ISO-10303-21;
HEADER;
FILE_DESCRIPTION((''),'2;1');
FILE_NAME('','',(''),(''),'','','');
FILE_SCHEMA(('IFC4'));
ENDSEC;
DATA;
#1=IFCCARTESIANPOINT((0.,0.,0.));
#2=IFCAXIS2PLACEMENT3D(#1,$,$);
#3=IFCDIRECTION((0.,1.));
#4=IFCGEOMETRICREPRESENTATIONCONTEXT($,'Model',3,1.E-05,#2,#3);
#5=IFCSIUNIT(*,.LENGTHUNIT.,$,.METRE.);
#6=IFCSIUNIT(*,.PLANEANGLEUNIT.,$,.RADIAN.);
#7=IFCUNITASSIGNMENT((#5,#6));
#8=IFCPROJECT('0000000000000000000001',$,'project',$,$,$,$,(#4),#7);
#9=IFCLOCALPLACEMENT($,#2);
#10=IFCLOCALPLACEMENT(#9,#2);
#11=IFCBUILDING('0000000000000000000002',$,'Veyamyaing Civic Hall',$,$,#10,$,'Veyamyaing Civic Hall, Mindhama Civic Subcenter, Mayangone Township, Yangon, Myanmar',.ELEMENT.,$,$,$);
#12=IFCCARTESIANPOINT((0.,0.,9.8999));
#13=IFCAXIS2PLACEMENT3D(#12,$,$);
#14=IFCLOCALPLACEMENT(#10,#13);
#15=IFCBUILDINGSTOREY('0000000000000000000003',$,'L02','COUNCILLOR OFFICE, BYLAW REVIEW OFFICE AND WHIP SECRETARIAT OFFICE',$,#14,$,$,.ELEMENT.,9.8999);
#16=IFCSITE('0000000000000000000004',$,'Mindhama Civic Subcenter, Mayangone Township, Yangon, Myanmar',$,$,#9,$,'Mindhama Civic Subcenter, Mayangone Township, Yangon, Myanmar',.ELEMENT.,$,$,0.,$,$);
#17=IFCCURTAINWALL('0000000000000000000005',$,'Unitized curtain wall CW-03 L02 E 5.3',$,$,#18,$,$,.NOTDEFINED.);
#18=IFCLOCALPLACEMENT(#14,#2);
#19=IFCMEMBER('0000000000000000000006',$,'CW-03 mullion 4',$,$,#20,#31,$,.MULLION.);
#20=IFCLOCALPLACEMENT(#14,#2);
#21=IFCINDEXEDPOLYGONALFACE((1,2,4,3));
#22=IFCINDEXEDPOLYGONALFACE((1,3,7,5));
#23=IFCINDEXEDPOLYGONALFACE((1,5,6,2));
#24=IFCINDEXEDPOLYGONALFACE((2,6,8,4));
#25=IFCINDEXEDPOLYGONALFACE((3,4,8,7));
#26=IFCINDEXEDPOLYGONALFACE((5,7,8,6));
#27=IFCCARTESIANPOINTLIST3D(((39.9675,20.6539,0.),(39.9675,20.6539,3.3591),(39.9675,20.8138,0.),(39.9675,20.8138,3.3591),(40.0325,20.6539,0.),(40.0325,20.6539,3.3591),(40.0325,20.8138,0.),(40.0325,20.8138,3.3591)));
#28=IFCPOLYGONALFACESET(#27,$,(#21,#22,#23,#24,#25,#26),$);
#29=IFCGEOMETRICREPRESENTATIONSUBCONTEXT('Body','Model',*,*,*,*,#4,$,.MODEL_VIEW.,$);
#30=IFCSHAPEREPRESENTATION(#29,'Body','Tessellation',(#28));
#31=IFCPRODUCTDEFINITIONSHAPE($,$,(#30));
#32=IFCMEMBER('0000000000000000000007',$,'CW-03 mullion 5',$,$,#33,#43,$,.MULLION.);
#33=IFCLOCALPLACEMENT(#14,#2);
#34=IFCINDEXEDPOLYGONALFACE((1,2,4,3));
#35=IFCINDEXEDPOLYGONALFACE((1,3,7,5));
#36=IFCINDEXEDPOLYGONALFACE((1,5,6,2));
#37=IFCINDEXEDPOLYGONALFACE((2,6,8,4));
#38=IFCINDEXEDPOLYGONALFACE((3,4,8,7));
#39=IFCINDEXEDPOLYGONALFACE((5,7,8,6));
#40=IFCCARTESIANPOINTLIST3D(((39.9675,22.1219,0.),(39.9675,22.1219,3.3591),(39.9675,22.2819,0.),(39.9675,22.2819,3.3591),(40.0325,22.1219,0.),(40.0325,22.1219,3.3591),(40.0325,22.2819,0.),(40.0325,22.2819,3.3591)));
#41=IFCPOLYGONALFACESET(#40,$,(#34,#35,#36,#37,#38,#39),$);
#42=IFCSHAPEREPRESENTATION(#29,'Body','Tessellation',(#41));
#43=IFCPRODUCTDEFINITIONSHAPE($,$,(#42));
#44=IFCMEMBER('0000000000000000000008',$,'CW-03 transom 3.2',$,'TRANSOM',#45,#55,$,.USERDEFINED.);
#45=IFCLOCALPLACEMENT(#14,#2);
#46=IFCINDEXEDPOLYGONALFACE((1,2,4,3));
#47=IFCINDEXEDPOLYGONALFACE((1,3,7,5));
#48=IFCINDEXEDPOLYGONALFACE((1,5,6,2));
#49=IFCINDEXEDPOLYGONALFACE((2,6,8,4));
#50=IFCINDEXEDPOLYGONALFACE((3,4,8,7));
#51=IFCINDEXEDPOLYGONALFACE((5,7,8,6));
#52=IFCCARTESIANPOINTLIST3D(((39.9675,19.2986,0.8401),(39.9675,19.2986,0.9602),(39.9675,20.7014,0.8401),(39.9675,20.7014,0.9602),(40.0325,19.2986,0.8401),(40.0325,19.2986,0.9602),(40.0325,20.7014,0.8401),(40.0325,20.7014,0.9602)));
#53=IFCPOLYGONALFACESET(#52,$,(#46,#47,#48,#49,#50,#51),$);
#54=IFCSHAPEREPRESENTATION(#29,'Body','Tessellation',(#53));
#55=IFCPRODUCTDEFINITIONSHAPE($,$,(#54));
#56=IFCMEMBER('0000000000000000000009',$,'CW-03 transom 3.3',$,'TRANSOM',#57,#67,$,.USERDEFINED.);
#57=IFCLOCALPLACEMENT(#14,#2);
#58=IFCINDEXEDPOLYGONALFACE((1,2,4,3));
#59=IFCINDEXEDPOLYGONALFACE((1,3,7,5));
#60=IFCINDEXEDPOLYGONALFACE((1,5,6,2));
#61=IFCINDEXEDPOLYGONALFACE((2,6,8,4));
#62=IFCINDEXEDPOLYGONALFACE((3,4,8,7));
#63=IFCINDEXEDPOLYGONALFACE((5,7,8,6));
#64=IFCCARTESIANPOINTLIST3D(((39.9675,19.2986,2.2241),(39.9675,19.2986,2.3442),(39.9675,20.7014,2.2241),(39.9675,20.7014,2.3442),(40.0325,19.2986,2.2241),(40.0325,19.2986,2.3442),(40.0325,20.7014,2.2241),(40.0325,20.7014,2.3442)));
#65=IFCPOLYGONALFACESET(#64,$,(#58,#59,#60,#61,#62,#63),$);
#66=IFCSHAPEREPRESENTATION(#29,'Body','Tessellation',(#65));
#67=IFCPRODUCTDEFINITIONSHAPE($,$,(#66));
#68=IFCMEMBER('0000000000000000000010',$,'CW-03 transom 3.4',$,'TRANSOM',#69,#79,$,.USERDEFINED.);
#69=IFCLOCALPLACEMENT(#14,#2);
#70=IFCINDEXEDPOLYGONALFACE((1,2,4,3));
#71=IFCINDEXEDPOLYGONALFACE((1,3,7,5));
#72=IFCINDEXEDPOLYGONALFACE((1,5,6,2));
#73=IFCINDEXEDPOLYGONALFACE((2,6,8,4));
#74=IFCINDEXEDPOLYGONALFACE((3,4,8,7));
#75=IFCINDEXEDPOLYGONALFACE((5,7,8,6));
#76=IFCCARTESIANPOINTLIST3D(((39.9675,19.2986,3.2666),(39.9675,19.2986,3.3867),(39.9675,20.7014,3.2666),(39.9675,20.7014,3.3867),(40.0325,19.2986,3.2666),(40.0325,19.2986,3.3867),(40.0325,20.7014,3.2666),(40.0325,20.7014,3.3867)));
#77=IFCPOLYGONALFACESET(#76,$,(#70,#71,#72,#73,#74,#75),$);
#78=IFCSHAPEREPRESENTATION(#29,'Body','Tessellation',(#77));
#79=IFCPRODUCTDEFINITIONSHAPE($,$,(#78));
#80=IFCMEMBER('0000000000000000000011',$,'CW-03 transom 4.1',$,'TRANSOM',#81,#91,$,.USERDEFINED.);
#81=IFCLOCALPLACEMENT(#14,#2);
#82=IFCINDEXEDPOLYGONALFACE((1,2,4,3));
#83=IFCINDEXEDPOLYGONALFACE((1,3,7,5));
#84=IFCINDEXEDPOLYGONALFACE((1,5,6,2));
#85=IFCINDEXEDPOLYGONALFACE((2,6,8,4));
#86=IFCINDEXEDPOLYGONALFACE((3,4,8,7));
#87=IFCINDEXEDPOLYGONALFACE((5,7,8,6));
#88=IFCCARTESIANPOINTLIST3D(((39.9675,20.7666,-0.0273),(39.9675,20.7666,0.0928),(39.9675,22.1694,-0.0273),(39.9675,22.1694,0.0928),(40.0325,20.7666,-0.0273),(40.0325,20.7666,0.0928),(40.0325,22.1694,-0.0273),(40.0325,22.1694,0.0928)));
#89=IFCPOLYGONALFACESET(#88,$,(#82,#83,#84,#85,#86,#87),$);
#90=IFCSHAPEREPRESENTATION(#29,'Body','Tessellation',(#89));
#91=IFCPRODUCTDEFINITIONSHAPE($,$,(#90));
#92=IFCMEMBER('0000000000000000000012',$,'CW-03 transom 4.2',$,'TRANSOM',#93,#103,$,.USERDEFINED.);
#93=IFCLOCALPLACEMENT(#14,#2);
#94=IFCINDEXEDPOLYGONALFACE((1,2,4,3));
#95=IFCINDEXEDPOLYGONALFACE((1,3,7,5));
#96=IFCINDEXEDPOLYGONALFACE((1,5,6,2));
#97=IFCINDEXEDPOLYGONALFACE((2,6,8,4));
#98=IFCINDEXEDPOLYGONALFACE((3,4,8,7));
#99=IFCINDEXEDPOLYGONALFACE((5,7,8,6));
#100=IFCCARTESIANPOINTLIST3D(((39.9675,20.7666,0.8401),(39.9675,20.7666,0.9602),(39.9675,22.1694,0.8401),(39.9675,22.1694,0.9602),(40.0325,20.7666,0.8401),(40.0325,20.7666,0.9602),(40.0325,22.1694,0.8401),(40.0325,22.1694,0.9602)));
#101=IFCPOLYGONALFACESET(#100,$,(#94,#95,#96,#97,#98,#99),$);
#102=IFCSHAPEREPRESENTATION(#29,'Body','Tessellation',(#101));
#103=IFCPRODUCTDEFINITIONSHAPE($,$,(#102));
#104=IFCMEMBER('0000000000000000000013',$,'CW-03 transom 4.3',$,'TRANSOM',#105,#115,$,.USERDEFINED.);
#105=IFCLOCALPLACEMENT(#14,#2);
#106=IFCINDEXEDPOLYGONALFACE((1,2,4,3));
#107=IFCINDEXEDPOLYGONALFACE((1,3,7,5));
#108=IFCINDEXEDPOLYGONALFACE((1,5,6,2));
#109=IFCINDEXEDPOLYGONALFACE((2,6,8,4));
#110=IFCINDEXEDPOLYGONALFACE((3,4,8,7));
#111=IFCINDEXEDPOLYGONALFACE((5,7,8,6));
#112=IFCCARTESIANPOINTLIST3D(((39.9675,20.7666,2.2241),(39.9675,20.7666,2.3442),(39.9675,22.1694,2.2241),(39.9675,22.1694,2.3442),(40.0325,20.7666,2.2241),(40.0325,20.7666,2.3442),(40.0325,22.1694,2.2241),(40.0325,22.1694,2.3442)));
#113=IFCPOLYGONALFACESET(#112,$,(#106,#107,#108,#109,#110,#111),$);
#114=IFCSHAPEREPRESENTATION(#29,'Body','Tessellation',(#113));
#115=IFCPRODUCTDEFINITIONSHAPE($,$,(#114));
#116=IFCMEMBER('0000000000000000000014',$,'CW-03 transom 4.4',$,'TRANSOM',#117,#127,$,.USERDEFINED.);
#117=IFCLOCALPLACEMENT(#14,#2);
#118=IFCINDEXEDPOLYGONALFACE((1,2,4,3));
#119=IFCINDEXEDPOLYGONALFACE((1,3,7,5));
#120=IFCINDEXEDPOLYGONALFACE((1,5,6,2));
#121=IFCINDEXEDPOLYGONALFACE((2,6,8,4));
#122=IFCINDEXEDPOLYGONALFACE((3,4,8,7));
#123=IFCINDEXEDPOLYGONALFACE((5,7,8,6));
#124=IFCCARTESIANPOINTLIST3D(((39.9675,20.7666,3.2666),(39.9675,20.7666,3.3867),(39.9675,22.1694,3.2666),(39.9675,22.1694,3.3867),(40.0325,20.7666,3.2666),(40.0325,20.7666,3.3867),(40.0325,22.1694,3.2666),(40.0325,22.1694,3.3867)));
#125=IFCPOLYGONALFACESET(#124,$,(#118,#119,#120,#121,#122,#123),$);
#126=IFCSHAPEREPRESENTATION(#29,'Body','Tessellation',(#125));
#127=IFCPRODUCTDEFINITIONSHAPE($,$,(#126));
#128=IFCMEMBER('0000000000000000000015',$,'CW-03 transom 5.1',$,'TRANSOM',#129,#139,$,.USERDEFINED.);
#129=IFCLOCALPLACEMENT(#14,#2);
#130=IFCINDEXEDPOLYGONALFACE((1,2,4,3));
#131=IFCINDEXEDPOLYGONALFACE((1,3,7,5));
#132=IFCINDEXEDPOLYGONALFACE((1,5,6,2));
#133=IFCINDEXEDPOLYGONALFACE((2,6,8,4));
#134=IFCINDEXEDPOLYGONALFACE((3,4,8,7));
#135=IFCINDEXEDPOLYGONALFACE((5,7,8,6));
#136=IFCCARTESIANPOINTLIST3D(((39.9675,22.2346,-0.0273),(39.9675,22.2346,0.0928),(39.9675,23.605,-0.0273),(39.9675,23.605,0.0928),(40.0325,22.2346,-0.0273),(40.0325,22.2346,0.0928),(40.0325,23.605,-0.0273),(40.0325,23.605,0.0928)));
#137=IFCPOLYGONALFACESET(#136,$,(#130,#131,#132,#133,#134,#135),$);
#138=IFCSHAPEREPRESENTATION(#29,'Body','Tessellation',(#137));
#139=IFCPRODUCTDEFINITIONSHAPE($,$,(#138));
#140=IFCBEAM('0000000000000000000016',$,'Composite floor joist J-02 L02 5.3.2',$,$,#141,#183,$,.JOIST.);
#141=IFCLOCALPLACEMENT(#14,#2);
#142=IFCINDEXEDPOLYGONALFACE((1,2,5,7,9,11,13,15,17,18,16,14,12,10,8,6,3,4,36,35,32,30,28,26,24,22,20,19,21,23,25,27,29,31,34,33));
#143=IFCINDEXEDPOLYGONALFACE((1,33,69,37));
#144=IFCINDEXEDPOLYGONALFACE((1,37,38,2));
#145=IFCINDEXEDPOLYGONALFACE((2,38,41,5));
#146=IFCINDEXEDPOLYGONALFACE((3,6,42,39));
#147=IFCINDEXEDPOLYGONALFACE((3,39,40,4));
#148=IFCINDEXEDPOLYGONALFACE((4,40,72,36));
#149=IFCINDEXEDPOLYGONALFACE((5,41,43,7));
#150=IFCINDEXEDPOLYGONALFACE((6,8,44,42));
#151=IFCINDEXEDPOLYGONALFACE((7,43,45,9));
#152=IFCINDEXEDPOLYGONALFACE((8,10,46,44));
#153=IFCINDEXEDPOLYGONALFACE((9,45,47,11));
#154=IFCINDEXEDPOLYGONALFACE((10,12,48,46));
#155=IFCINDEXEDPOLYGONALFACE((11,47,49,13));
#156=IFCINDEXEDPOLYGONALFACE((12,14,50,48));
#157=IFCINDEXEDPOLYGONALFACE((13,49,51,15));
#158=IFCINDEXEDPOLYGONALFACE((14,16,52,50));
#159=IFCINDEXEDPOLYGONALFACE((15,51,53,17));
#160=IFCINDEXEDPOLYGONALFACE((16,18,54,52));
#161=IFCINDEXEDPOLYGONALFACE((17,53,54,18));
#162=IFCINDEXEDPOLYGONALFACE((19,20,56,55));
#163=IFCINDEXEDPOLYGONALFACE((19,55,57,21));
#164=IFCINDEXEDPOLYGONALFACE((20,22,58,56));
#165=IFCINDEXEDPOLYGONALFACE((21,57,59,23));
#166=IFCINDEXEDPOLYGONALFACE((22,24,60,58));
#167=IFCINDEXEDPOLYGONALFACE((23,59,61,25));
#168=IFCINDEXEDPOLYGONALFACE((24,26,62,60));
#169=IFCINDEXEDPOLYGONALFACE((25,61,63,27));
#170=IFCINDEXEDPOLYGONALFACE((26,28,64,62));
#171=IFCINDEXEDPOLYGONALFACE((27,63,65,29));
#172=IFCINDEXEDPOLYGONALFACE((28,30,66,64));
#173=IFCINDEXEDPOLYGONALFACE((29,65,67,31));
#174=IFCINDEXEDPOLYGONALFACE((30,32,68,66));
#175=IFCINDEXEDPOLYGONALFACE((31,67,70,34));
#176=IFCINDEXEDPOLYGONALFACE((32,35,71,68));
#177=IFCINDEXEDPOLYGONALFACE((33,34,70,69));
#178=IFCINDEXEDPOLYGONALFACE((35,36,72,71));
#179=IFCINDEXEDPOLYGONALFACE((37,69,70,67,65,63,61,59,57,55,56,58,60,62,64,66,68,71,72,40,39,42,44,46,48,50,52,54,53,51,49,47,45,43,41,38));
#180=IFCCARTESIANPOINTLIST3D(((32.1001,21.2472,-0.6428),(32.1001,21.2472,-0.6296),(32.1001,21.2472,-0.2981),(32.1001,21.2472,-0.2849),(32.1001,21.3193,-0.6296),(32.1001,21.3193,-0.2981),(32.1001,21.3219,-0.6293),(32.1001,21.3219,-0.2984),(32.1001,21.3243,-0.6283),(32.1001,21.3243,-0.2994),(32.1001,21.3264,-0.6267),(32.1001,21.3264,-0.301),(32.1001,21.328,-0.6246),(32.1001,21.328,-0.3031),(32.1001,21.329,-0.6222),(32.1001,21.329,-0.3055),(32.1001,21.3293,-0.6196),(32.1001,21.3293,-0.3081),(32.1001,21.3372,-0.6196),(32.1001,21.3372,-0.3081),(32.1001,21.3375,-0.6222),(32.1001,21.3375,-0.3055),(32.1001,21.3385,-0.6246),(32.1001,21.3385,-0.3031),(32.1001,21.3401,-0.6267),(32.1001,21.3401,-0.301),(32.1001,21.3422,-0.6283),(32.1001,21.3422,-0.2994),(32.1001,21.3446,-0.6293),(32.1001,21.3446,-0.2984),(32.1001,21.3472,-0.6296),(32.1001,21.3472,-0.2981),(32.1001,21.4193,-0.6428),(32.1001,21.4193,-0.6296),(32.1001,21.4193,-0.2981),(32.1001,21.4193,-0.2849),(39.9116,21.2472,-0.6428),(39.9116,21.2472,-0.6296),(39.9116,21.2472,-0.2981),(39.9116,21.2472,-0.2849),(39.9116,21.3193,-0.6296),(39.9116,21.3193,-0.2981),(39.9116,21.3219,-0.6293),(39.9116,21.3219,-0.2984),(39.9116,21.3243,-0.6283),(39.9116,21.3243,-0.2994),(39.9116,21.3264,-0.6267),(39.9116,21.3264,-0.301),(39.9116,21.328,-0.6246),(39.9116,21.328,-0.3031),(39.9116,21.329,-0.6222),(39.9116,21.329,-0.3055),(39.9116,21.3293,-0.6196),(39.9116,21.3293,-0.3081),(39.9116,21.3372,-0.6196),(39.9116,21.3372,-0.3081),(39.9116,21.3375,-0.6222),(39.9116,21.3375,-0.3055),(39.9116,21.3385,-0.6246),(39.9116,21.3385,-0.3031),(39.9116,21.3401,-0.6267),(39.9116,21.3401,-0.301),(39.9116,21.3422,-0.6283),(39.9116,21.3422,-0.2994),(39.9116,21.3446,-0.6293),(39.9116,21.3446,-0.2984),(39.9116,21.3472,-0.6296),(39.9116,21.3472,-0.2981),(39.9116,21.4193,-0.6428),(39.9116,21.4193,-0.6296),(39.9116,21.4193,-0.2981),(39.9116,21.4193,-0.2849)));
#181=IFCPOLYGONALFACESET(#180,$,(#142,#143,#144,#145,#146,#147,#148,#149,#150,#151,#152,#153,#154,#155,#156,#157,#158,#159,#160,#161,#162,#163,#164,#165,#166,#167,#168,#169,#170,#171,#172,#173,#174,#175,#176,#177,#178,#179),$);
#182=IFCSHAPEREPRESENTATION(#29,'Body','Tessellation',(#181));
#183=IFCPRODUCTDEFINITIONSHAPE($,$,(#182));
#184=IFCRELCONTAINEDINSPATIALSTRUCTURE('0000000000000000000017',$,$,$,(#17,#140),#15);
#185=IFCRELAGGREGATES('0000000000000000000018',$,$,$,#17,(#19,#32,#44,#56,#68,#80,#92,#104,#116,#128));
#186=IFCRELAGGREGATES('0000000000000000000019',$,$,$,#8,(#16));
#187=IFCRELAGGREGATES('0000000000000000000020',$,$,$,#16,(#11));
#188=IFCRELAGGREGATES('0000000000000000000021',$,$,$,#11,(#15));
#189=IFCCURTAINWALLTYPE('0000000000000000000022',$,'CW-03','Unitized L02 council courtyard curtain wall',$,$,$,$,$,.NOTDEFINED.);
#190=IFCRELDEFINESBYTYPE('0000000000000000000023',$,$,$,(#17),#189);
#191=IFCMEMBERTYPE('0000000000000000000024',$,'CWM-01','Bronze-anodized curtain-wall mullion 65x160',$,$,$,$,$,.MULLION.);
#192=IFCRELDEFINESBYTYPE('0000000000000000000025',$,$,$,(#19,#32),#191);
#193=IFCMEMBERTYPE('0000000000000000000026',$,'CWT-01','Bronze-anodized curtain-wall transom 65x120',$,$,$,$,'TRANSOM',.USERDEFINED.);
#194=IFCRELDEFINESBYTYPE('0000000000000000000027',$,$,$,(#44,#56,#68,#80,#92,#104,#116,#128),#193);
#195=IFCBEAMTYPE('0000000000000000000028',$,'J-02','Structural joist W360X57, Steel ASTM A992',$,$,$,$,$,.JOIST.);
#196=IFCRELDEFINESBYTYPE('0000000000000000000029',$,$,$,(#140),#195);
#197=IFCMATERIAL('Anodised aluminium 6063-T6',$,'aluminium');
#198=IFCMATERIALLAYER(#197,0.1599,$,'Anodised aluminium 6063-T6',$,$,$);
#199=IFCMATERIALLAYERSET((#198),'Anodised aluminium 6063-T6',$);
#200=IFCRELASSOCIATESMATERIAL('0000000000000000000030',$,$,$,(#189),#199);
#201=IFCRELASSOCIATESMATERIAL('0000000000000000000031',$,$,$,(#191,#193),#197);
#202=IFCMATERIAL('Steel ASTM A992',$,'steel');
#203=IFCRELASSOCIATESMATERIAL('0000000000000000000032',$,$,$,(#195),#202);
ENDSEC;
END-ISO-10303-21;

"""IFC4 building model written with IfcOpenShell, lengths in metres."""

from ifc_helpers import new_model, si_unit, direction, frame, origin, origin_2d, place, context, subcontext, project, spatial, rectangle, i_section, extrude, material, layer, layer_set, material_profile, profile_set, type_object, element, aggregate, save


model = new_model("IFC4")

# Units and contexts
model_context = context("Model", 3, precision=1e-05, world=origin(), true_north=direction((0.0, 1.0)))
body_context = subcontext(model_context, "Body", "Model", "MODEL_VIEW")
ifc_project = project(units=[si_unit("LENGTHUNIT", "METRE"), si_unit("PLANEANGLEUNIT", "RADIAN")], contexts=[model_context])

# Site, building, storey
site_placement = place(None, origin())
site = spatial("IfcSite", under=ifc_project, at=site_placement, Name="Mindhama Civic Subcenter, Mayangone Township, Yangon, Myanmar", LongName="Mindhama Civic Subcenter, Mayangone Township, Yangon, Myanmar", CompositionType="ELEMENT", RefElevation=0.0)
building_placement = place(site_placement, origin())
building = spatial("IfcBuilding", under=site, at=building_placement, Name="Veyamyaing Civic Hall", LongName="Veyamyaing Civic Hall, Mindhama Civic Subcenter, Mayangone Township, Yangon, Myanmar", CompositionType="ELEMENT")
storey_placement = place(building_placement, frame((0.0, 0.0, 9.8999)))
storey = spatial("IfcBuildingStorey", under=building, at=storey_placement, Name="L02", Description="COUNCILLOR OFFICE, BYLAW REVIEW OFFICE AND WHIP SECRETARIAT OFFICE", CompositionType="ELEMENT", Elevation=9.8999)

# Curtain wall, members
ifc_material_1 = material(Name="Anodised aluminium 6063-T6", Category="aluminium")
ifc_layer_1 = layer(ifc_material_1, 0.1599, Name="Anodised aluminium 6063-T6")
ifc_layer_set_1 = layer_set([ifc_layer_1], Name="Anodised aluminium 6063-T6")
curtain_wall_type = type_object("IfcCurtainWallType", Name="CW-03", Description="Unitized L02 council courtyard curtain wall", PredefinedType="NOTDEFINED", material=ifc_layer_set_1)
curtain_wall_placement = place(storey_placement, origin())
curtain_wall = element("IfcCurtainWall", 1, at=curtain_wall_placement, inside=storey, type_object=curtain_wall_type, Name="Unitized curtain wall CW-03 L02 E 5.3", PredefinedType="NOTDEFINED")
ifc_material_profile_1 = material_profile(ifc_material_1, rectangle(XDim=0.0649, YDim=0.1599, at=origin_2d()), Name="ALU-MUL-65X160")
ifc_profile_set_1 = profile_set([ifc_material_profile_1], Name="Anodised aluminium 6063-T6")
member_type_1 = type_object("IfcMemberType", Name="CWM-01", Description="Bronze-anodized curtain-wall mullion 65x160", PredefinedType="MULLION", material=ifc_profile_set_1)
member_1_placement = place(storey_placement, frame((40.0, 20.7339, 0.0), z_axis=(0.0, 0.0, 1.0), x_axis=(-1.0, 0.0, 0.0)))
member_1 = element("IfcMember", 2, at=member_1_placement, type_object=member_type_1, Name="CW-03 mullion 4", PredefinedType="MULLION", context=body_context, shape_type="SweptSolid", body=[
    extrude(rectangle(XDim=0.0649, YDim=0.1599, at=origin_2d()), origin(), (0.0, 0.0, 1.0), 3.3591),
])
member_2_placement = place(storey_placement, frame((40.0, 22.2019, 0.0), z_axis=(0.0, 0.0, 1.0), x_axis=(-1.0, 0.0, 0.0)))
member_2 = element("IfcMember", 3, at=member_2_placement, type_object=member_type_1, Name="CW-03 mullion 5", PredefinedType="MULLION", context=body_context, shape_type="SweptSolid", body=[
    extrude(rectangle(XDim=0.0649, YDim=0.1599, at=origin_2d()), origin(), (0.0, 0.0, 1.0), 3.3591),
])
ifc_material_profile_2 = material_profile(ifc_material_1, rectangle(XDim=0.0649, YDim=0.1201, at=origin_2d()), Name="ALU-TRN-65X120")
ifc_profile_set_2 = profile_set([ifc_material_profile_2], Name="Anodised aluminium 6063-T6")
member_type_2 = type_object("IfcMemberType", Name="CWT-01", Description="Bronze-anodized curtain-wall transom 65x120", ElementType="TRANSOM", PredefinedType="USERDEFINED", material=ifc_profile_set_2)
member_3_placement = place(storey_placement, frame((40.0, 19.2986, 0.9001), z_axis=(0.0, 1.0, 0.0), x_axis=(-1.0, 0.0, 0.0)))
member_3 = element("IfcMember", 4, at=member_3_placement, type_object=member_type_2, Name="CW-03 transom 3.2", ObjectType="TRANSOM", PredefinedType="USERDEFINED", context=body_context, shape_type="SweptSolid", body=[
    extrude(rectangle(XDim=0.0649, YDim=0.1201, at=origin_2d()), origin(), (0.0, 0.0, 1.0), 1.4028),
])
member_4_placement = place(storey_placement, frame((40.0, 19.2986, 2.2842), z_axis=(0.0, 1.0, 0.0), x_axis=(-1.0, 0.0, 0.0)))
member_4 = element("IfcMember", 5, at=member_4_placement, type_object=member_type_2, Name="CW-03 transom 3.3", ObjectType="TRANSOM", PredefinedType="USERDEFINED", context=body_context, shape_type="SweptSolid", body=[
    extrude(rectangle(XDim=0.0649, YDim=0.1201, at=origin_2d()), origin(), (0.0, 0.0, 1.0), 1.4028),
])
member_5_placement = place(storey_placement, frame((40.0, 19.2986, 3.3267), z_axis=(0.0, 1.0, 0.0), x_axis=(-1.0, 0.0, 0.0)))
member_5 = element("IfcMember", 6, at=member_5_placement, type_object=member_type_2, Name="CW-03 transom 3.4", ObjectType="TRANSOM", PredefinedType="USERDEFINED", context=body_context, shape_type="SweptSolid", body=[
    extrude(rectangle(XDim=0.0649, YDim=0.1201, at=origin_2d()), origin(), (0.0, 0.0, 1.0), 1.4028),
])
member_6_placement = place(storey_placement, frame((40.0, 20.7666, 0.0327), z_axis=(0.0, 1.0, 0.0), x_axis=(-1.0, 0.0, 0.0)))
member_6 = element("IfcMember", 7, at=member_6_placement, type_object=member_type_2, Name="CW-03 transom 4.1", ObjectType="TRANSOM", PredefinedType="USERDEFINED", context=body_context, shape_type="SweptSolid", body=[
    extrude(rectangle(XDim=0.0649, YDim=0.1201, at=origin_2d()), origin(), (0.0, 0.0, 1.0), 1.4028),
])
member_7_placement = place(storey_placement, frame((40.0, 20.7666, 0.9001), z_axis=(0.0, 1.0, 0.0), x_axis=(-1.0, 0.0, 0.0)))
member_7 = element("IfcMember", 8, at=member_7_placement, type_object=member_type_2, Name="CW-03 transom 4.2", ObjectType="TRANSOM", PredefinedType="USERDEFINED", context=body_context, shape_type="SweptSolid", body=[
    extrude(rectangle(XDim=0.0649, YDim=0.1201, at=origin_2d()), origin(), (0.0, 0.0, 1.0), 1.4028),
])
member_8_placement = place(storey_placement, frame((40.0, 20.7666, 2.2842), z_axis=(0.0, 1.0, 0.0), x_axis=(-1.0, 0.0, 0.0)))
member_8 = element("IfcMember", 9, at=member_8_placement, type_object=member_type_2, Name="CW-03 transom 4.3", ObjectType="TRANSOM", PredefinedType="USERDEFINED", context=body_context, shape_type="SweptSolid", body=[
    extrude(rectangle(XDim=0.0649, YDim=0.1201, at=origin_2d()), origin(), (0.0, 0.0, 1.0), 1.4028),
])
member_9_placement = place(storey_placement, frame((40.0, 20.7666, 3.3267), z_axis=(0.0, 1.0, 0.0), x_axis=(-1.0, 0.0, 0.0)))
member_9 = element("IfcMember", 10, at=member_9_placement, type_object=member_type_2, Name="CW-03 transom 4.4", ObjectType="TRANSOM", PredefinedType="USERDEFINED", context=body_context, shape_type="SweptSolid", body=[
    extrude(rectangle(XDim=0.0649, YDim=0.1201, at=origin_2d()), origin(), (0.0, 0.0, 1.0), 1.4028),
])
member_10_placement = place(storey_placement, frame((40.0, 22.2346, 0.0327), z_axis=(0.0, 1.0, 0.0), x_axis=(-1.0, 0.0, 0.0)))
member_10 = element("IfcMember", 11, at=member_10_placement, type_object=member_type_2, Name="CW-03 transom 5.1", ObjectType="TRANSOM", PredefinedType="USERDEFINED", context=body_context, shape_type="SweptSolid", body=[
    extrude(rectangle(XDim=0.0649, YDim=0.1201, at=origin_2d()), origin(), (0.0, 0.0, 1.0), 1.3704),
])

# Beam
ifc_material_2 = material(Name="Steel ASTM A992", Category="steel")
ifc_material_profile_3 = material_profile(ifc_material_2, i_section(OverallWidth=0.1721, OverallDepth=0.3579, WebThickness=0.0078, FlangeThickness=0.0132, FilletRadius=0.01, at=origin_2d()), Name="W360X57")
ifc_profile_set_3 = profile_set([ifc_material_profile_3], Name="Steel ASTM A992")
beam_type = type_object("IfcBeamType", Name="J-02", Description="Structural joist W360X57, Steel ASTM A992", PredefinedType="JOIST", material=ifc_profile_set_3)
beam_placement = place(storey_placement, frame((32.1001, 21.3333, -0.4639), z_axis=(1.0, 0.0, 0.0), x_axis=(0.0, 1.0, 0.0)))
element("IfcBeam", 12, at=beam_placement, inside=storey, type_object=beam_type, Name="Composite floor joist J-02 L02 5.3.2", PredefinedType="JOIST", context=body_context, shape_type="SweptSolid", body=[
    extrude(i_section(OverallWidth=0.1721, OverallDepth=0.3579, WebThickness=0.0078, FlangeThickness=0.0132, FilletRadius=0.01, at=origin_2d()), origin(), (0.0, 0.0, 1.0), 7.8115),
])

aggregate(curtain_wall, [member_1, member_2, member_3, member_4, member_5, member_6, member_7, member_8, member_9, member_10])

save(model, "model.ifc")
